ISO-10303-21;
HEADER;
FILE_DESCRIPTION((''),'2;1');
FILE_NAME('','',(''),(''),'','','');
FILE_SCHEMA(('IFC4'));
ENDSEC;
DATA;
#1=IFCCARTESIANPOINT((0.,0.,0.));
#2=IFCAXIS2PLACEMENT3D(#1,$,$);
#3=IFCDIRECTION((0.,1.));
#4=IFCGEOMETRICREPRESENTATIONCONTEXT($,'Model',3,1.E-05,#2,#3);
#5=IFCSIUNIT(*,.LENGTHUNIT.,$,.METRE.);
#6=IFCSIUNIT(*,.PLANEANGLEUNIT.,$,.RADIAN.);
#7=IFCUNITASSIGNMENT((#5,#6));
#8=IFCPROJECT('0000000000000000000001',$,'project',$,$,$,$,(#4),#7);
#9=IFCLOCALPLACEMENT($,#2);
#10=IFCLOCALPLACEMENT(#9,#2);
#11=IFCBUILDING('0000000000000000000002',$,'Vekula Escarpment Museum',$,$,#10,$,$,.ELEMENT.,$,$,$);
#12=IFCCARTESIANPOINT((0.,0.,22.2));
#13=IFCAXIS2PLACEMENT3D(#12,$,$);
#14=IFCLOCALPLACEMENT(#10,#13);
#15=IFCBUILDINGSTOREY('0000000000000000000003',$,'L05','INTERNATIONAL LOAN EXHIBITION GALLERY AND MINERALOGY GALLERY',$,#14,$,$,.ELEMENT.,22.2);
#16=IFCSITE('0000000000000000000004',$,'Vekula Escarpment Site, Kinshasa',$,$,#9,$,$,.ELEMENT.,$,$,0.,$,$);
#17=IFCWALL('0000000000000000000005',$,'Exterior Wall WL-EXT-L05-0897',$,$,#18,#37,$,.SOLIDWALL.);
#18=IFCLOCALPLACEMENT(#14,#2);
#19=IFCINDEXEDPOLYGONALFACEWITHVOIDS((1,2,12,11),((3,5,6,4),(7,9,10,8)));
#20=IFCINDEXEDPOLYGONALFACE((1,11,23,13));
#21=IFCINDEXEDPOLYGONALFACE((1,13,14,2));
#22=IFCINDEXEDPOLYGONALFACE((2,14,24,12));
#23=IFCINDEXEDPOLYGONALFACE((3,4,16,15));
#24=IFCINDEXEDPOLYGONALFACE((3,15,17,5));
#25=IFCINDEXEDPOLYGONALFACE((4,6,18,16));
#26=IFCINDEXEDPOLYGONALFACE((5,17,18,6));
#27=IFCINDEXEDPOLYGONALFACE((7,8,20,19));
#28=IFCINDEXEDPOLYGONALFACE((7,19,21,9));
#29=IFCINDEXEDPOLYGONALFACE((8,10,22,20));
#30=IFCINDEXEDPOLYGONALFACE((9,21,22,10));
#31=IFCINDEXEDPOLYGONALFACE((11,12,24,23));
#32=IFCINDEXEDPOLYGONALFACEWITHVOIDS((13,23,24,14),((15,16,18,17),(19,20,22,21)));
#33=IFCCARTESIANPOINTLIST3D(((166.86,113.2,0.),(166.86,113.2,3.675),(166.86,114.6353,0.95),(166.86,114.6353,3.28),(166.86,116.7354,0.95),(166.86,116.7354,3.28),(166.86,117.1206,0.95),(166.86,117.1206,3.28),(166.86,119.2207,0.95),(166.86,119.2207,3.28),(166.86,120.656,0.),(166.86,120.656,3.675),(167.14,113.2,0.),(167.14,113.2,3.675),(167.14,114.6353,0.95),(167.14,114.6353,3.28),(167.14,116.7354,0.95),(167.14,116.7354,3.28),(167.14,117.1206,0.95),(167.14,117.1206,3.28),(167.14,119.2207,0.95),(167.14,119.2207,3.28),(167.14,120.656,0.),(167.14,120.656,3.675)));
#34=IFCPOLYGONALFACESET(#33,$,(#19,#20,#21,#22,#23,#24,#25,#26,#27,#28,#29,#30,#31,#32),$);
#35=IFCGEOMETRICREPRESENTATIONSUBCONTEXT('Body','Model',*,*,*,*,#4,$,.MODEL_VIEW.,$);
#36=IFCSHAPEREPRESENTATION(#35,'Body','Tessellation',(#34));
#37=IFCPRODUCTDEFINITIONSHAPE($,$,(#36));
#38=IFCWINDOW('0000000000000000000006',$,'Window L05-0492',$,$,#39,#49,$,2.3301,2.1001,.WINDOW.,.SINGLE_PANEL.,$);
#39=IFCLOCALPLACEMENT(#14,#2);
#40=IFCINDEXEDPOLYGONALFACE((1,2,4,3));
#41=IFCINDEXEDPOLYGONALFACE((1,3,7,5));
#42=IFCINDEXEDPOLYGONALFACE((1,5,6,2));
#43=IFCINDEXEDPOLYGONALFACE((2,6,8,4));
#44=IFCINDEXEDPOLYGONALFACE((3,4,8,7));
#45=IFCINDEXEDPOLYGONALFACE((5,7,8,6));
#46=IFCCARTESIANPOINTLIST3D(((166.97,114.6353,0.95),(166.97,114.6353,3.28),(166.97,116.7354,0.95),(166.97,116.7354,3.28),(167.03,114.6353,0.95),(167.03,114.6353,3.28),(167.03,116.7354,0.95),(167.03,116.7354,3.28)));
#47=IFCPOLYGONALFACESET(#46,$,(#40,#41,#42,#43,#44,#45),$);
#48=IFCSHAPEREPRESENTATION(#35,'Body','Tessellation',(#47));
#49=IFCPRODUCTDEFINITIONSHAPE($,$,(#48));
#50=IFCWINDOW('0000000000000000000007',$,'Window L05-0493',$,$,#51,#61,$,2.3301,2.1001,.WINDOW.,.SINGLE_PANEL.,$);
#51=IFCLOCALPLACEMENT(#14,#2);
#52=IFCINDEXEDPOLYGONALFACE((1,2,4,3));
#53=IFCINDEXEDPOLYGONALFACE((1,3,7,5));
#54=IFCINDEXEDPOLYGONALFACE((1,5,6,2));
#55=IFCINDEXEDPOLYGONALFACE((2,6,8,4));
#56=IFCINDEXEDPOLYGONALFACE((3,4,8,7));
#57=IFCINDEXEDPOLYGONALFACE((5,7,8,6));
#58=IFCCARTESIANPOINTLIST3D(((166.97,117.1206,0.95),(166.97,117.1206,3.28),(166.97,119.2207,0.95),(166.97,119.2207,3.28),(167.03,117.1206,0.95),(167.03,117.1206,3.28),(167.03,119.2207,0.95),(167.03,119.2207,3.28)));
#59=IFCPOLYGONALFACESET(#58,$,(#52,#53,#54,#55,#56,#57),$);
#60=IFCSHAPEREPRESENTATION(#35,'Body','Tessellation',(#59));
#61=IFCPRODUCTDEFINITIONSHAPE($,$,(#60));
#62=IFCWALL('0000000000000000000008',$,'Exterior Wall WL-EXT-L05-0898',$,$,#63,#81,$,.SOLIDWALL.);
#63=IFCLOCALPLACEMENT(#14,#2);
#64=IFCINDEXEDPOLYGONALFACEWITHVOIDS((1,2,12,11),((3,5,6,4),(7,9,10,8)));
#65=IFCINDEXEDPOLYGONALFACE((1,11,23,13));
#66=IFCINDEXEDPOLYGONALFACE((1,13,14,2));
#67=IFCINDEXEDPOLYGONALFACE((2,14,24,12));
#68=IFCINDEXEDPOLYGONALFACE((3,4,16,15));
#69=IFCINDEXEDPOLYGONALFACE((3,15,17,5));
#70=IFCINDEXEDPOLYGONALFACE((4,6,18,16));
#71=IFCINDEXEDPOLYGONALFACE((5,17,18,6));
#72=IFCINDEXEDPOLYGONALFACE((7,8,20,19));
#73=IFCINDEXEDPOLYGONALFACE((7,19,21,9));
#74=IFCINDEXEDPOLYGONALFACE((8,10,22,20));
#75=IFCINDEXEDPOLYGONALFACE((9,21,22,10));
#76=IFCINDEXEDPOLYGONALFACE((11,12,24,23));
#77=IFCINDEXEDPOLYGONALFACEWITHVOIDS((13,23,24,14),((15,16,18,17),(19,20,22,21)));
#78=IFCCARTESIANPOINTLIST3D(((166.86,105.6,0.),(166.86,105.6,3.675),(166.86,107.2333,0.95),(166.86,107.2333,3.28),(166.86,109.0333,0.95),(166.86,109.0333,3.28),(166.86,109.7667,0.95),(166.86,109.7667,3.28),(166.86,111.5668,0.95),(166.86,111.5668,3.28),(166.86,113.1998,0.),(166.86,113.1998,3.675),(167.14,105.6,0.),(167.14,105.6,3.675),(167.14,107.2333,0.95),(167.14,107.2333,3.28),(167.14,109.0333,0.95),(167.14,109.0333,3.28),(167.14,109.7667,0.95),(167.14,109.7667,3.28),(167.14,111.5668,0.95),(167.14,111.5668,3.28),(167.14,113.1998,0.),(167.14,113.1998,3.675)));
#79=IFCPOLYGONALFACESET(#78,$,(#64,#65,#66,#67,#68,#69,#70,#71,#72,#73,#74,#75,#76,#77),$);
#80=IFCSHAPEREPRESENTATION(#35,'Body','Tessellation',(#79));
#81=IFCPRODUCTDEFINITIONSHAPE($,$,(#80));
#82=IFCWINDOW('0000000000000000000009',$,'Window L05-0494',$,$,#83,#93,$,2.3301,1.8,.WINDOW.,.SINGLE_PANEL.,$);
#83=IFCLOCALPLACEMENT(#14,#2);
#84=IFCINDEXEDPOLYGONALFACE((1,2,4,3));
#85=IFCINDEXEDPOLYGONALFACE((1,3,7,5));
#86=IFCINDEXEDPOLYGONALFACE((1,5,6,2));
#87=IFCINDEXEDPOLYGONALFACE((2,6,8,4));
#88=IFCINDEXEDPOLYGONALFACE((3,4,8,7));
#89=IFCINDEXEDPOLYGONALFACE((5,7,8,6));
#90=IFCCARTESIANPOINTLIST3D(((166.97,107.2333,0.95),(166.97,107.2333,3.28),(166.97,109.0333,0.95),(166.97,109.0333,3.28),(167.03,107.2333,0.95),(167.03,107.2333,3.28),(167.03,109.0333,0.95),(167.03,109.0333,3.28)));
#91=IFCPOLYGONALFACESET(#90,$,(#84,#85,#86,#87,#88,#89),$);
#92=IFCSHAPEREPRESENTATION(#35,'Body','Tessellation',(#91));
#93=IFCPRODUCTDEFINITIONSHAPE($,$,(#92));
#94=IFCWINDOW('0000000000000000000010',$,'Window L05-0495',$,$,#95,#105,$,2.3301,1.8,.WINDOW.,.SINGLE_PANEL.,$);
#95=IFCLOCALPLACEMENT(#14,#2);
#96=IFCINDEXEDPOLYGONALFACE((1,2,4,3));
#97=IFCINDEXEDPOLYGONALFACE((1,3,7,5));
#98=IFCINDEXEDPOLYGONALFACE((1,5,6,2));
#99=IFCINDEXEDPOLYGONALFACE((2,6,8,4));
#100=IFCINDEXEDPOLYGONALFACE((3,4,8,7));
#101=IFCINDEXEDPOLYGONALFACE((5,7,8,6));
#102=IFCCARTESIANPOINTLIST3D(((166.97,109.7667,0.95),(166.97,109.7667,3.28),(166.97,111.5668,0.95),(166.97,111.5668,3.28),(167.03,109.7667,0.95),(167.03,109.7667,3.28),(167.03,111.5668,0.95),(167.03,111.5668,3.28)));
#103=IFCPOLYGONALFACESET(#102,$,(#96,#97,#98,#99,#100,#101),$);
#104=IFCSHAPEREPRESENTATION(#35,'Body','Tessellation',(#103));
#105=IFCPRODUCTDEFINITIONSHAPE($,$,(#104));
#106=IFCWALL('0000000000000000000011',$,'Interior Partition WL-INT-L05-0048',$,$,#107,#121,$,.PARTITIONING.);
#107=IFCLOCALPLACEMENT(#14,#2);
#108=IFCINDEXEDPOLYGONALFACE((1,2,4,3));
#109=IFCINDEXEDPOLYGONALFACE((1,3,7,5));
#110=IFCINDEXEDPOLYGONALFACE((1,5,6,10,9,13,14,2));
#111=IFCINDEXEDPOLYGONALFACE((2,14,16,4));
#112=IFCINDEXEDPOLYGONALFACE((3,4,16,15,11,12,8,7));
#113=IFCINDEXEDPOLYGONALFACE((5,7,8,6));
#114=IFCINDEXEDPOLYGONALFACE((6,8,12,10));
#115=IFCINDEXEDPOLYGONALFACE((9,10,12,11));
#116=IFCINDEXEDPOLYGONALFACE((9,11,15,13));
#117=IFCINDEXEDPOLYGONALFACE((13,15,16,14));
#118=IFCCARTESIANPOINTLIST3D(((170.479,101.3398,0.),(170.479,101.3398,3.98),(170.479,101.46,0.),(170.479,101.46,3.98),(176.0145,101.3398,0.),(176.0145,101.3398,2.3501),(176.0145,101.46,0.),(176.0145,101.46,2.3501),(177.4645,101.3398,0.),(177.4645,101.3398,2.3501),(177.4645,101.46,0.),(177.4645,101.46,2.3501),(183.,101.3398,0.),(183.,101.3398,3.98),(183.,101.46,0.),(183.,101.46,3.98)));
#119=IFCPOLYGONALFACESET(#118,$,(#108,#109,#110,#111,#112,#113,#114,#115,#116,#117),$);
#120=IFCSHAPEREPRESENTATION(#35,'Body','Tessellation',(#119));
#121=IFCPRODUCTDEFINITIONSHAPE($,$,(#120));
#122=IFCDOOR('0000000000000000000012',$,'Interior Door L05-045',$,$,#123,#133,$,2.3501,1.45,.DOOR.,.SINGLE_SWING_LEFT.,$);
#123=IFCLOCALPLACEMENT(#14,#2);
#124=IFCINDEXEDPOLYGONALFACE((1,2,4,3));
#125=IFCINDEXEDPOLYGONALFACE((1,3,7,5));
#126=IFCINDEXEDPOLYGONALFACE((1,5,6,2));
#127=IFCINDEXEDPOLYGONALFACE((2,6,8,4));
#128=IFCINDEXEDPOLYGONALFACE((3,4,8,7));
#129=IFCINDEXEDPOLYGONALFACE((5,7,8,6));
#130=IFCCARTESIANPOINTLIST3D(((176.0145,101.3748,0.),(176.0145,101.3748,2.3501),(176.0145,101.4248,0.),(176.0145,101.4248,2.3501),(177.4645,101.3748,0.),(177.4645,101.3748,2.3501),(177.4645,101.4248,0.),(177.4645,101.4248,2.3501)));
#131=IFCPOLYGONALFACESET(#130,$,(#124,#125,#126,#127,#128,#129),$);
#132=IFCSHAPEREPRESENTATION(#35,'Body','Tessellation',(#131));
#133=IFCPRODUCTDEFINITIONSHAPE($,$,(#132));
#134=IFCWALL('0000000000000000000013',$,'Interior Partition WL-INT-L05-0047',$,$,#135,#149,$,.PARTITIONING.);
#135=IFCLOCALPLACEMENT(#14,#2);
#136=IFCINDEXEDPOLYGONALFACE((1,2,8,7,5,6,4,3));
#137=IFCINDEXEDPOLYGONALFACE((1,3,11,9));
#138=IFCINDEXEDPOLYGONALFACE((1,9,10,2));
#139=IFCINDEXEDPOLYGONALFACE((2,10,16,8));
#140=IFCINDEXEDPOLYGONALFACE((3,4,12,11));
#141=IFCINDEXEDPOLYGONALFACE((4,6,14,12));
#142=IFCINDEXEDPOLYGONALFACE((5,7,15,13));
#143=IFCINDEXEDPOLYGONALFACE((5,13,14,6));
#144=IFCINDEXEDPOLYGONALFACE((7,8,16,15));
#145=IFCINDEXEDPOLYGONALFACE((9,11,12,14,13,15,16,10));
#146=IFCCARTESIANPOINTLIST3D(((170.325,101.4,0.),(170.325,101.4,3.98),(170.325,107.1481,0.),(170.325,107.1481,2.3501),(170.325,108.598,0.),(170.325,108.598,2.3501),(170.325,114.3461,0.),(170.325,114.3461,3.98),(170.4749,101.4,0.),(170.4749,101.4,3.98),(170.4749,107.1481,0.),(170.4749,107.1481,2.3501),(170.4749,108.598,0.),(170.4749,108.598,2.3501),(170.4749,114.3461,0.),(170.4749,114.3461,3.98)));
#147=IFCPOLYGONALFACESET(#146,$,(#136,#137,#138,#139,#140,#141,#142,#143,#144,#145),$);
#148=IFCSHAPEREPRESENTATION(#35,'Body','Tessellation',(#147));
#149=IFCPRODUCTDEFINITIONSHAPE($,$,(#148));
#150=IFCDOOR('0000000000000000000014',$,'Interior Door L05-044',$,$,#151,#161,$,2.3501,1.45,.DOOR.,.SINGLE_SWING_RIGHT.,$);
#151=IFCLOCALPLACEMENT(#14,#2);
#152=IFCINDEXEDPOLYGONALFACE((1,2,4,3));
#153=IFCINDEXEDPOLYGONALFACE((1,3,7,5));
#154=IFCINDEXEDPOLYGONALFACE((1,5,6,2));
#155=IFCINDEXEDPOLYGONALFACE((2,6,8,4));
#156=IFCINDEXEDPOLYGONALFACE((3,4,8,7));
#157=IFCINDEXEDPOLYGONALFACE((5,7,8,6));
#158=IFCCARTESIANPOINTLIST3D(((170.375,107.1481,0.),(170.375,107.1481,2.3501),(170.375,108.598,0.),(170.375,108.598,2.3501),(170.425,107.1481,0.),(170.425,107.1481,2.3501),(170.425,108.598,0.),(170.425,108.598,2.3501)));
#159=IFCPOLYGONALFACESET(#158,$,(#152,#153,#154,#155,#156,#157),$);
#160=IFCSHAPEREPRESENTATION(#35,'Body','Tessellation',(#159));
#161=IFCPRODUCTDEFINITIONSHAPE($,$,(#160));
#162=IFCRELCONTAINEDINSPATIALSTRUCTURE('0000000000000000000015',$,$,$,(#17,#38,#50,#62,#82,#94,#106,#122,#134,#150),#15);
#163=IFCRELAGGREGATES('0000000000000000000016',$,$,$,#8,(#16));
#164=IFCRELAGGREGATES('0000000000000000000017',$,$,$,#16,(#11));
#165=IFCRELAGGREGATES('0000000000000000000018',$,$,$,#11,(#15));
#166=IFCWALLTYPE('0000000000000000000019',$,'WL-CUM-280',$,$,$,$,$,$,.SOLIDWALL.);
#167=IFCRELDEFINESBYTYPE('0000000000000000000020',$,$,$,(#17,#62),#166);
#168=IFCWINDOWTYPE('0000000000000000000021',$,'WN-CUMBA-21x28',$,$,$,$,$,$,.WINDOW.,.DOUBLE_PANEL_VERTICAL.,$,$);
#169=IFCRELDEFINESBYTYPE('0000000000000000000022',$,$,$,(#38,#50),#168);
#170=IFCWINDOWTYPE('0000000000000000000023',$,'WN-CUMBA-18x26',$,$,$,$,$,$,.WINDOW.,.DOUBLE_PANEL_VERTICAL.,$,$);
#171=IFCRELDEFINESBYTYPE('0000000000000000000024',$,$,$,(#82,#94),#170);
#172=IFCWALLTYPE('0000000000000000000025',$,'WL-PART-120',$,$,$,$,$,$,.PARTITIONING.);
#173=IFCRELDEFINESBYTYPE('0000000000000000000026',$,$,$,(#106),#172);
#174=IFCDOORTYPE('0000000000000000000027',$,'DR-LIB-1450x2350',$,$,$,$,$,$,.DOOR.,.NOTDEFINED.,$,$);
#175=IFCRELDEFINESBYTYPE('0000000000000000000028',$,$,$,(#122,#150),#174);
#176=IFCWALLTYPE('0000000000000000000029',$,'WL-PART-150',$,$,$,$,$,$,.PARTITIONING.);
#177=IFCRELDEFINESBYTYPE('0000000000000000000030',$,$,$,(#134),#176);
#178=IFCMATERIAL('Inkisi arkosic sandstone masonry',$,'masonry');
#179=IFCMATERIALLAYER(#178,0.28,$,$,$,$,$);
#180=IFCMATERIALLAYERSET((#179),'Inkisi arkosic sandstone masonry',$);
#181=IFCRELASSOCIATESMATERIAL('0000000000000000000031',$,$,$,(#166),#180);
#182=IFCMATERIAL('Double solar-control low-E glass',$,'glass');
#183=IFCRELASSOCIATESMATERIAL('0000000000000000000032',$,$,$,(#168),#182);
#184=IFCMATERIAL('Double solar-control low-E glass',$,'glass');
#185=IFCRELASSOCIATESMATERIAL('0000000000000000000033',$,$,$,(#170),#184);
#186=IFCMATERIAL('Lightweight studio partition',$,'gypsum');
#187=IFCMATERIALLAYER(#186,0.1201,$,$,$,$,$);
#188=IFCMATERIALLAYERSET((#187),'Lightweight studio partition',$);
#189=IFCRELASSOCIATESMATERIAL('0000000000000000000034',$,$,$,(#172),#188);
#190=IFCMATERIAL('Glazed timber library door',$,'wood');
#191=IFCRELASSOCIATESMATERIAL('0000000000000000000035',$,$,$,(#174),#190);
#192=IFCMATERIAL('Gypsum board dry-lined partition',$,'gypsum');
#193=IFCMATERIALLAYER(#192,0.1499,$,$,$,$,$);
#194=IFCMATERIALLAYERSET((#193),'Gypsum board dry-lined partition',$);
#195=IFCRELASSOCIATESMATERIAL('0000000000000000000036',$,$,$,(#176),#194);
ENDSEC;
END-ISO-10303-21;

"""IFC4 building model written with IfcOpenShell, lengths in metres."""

from ifc_helpers import new_model, si_unit, direction, frame, frame_2d, origin, place, context, subcontext, project, spatial, rectangle, extrude, material, layer, layer_set, type_object, element, fill, save


model = new_model("IFC4")

# Units and contexts
model_context = context("Model", 3, precision=1e-05, world=origin(), true_north=direction((0.0, 1.0)))
body_context = subcontext(model_context, "Body", "Model", "MODEL_VIEW")
ifc_project = project(units=[si_unit("LENGTHUNIT", "METRE"), si_unit("PLANEANGLEUNIT", "RADIAN")], contexts=[model_context])

# Site, building, storey
site_placement = place(None, origin())
site = spatial("IfcSite", under=ifc_project, at=site_placement, Name="Vekula Escarpment Site, Kinshasa", CompositionType="ELEMENT", RefElevation=0.0)
building_placement = place(site_placement, origin())
building = spatial("IfcBuilding", under=site, at=building_placement, Name="Vekula Escarpment Museum", CompositionType="ELEMENT")
storey_placement = place(building_placement, frame((0.0, 0.0, 22.2)))
storey = spatial("IfcBuildingStorey", under=building, at=storey_placement, Name="L05", Description="INTERNATIONAL LOAN EXHIBITION GALLERY AND MINERALOGY GALLERY", CompositionType="ELEMENT", Elevation=22.2)

# Walls, openings, windows
ifc_material_1 = material(Name="Inkisi arkosic sandstone masonry", Category="masonry")
ifc_layer_1 = layer(ifc_material_1, 0.28)
ifc_layer_set_1 = layer_set([ifc_layer_1], Name="Inkisi arkosic sandstone masonry")
wall_type_1 = type_object("IfcWallType", Name="WL-CUM-280", PredefinedType="SOLIDWALL", material=ifc_layer_set_1)
wall_1_placement = place(storey_placement, frame((167.0, 113.2, 0.0), z_axis=(0.0, 0.0, 1.0), x_axis=(0.0, 1.0, 0.0)))
wall_1 = element("IfcWall", 1, at=wall_1_placement, inside=storey, type_object=wall_type_1, Name="Exterior Wall WL-EXT-L05-0897", PredefinedType="SOLIDWALL", context=body_context, shape_type="SweptSolid", body=[
    extrude(rectangle(XDim=7.4561, YDim=0.28, at=frame_2d((3.728, 0.0))), origin(), (0.0, 0.0, 1.0), 3.675),
])
opening_1_placement = place(wall_1_placement, frame((1.4353, 0.0, 0.95)))
opening_1 = element("IfcOpeningElement", 2, at=opening_1_placement, cuts=wall_1, PredefinedType="OPENING", context=body_context, shape_type="SweptSolid", body=[
    extrude(rectangle(XDim=2.1001, YDim=2.3301, at=frame_2d((1.05, 1.165))), frame((0.0, 0.1499, 0.0), z_axis=(0.0, -1.0, 0.0), x_axis=(1.0, 0.0, 0.0)), (0.0, 0.0, 1.0), 0.3),
])
opening_2_placement = place(wall_1_placement, frame((3.9207, 0.0, 0.95)))
opening_2 = element("IfcOpeningElement", 3, at=opening_2_placement, cuts=wall_1, PredefinedType="OPENING", context=body_context, shape_type="SweptSolid", body=[
    extrude(rectangle(XDim=2.1001, YDim=2.3301, at=frame_2d((1.05, 1.165))), frame((0.0, 0.1499, 0.0), z_axis=(0.0, -1.0, 0.0), x_axis=(1.0, 0.0, 0.0)), (0.0, 0.0, 1.0), 0.3),
])
ifc_material_2 = material(Name="Double solar-control low-E glass", Category="glass")
window_type_1 = type_object("IfcWindowType", Name="WN-CUMBA-21x28", PartitioningType="DOUBLE_PANEL_VERTICAL", PredefinedType="WINDOW", material=ifc_material_2)
window_1_placement = place(opening_1_placement, origin())
window_1 = element("IfcWindow", 4, at=window_1_placement, inside=storey, type_object=window_type_1, Name="Window L05-0492", OverallHeight=2.3301, OverallWidth=2.1001, PartitioningType="SINGLE_PANEL", PredefinedType="WINDOW", context=body_context, shape_type="SweptSolid", body=[
    extrude(rectangle(XDim=2.1001, YDim=2.3301, at=frame_2d((1.05, 1.165))), frame((0.0, 0.03, 0.0), z_axis=(0.0, -1.0, 0.0), x_axis=(1.0, 0.0, 0.0)), (0.0, 0.0, 1.0), 0.0601),
])
fill(opening_1, window_1)
window_2_placement = place(opening_2_placement, origin())
window_2 = element("IfcWindow", 5, at=window_2_placement, inside=storey, type_object=window_type_1, Name="Window L05-0493", OverallHeight=2.3301, OverallWidth=2.1001, PartitioningType="SINGLE_PANEL", PredefinedType="WINDOW", context=body_context, shape_type="SweptSolid", body=[
    extrude(rectangle(XDim=2.1001, YDim=2.3301, at=frame_2d((1.05, 1.165))), frame((0.0, 0.03, 0.0), z_axis=(0.0, -1.0, 0.0), x_axis=(1.0, 0.0, 0.0)), (0.0, 0.0, 1.0), 0.0601),
])
fill(opening_2, window_2)
wall_2_placement = place(storey_placement, frame((167.0, 105.6001, 0.0), z_axis=(0.0, 0.0, 1.0), x_axis=(0.0, 1.0, 0.0)))
wall_2 = element("IfcWall", 6, at=wall_2_placement, inside=storey, type_object=wall_type_1, Name="Exterior Wall WL-EXT-L05-0898", PredefinedType="SOLIDWALL", context=body_context, shape_type="SweptSolid", body=[
    extrude(rectangle(XDim=7.5999, YDim=0.28, at=frame_2d((3.7998, 0.0))), origin(), (0.0, 0.0, 1.0), 3.675),
])
opening_3_placement = place(wall_2_placement, frame((1.6333, 0.0, 0.95)))
opening_3 = element("IfcOpeningElement", 7, at=opening_3_placement, cuts=wall_2, PredefinedType="OPENING", context=body_context, shape_type="SweptSolid", body=[
    extrude(rectangle(XDim=1.8, YDim=2.3301, at=frame_2d((0.8999, 1.165))), frame((0.0, 0.1499, 0.0), z_axis=(0.0, -1.0, 0.0), x_axis=(1.0, 0.0, 0.0)), (0.0, 0.0, 1.0), 0.3),
])
opening_4_placement = place(wall_2_placement, frame((4.1667, 0.0, 0.95)))
opening_4 = element("IfcOpeningElement", 8, at=opening_4_placement, cuts=wall_2, PredefinedType="OPENING", context=body_context, shape_type="SweptSolid", body=[
    extrude(rectangle(XDim=1.8, YDim=2.3301, at=frame_2d((0.8999, 1.165))), frame((0.0, 0.1499, 0.0), z_axis=(0.0, -1.0, 0.0), x_axis=(1.0, 0.0, 0.0)), (0.0, 0.0, 1.0), 0.3),
])
ifc_material_3 = material(Name="Double solar-control low-E glass", Category="glass")
window_type_2 = type_object("IfcWindowType", Name="WN-CUMBA-18x26", PartitioningType="DOUBLE_PANEL_VERTICAL", PredefinedType="WINDOW", material=ifc_material_3)
window_3_placement = place(opening_3_placement, origin())
window_3 = element("IfcWindow", 9, at=window_3_placement, inside=storey, type_object=window_type_2, Name="Window L05-0494", OverallHeight=2.3301, OverallWidth=1.8, PartitioningType="SINGLE_PANEL", PredefinedType="WINDOW", context=body_context, shape_type="SweptSolid", body=[
    extrude(rectangle(XDim=1.8, YDim=2.3301, at=frame_2d((0.8999, 1.165))), frame((0.0, 0.03, 0.0), z_axis=(0.0, -1.0, 0.0), x_axis=(1.0, 0.0, 0.0)), (0.0, 0.0, 1.0), 0.0601),
])
fill(opening_3, window_3)
window_4_placement = place(opening_4_placement, origin())
window_4 = element("IfcWindow", 10, at=window_4_placement, inside=storey, type_object=window_type_2, Name="Window L05-0495", OverallHeight=2.3301, OverallWidth=1.8, PartitioningType="SINGLE_PANEL", PredefinedType="WINDOW", context=body_context, shape_type="SweptSolid", body=[
    extrude(rectangle(XDim=1.8, YDim=2.3301, at=frame_2d((0.8999, 1.165))), frame((0.0, 0.03, 0.0), z_axis=(0.0, -1.0, 0.0), x_axis=(1.0, 0.0, 0.0)), (0.0, 0.0, 1.0), 0.0601),
])
fill(opening_4, window_4)

# Walls, openings, doors
ifc_material_4 = material(Name="Lightweight studio partition", Category="gypsum")
ifc_layer_2 = layer(ifc_material_4, 0.1201)
ifc_layer_set_2 = layer_set([ifc_layer_2], Name="Lightweight studio partition")
wall_type_2 = type_object("IfcWallType", Name="WL-PART-120", PredefinedType="PARTITIONING", material=ifc_layer_set_2)
wall_3_placement = place(storey_placement, frame((170.479, 101.3999, 0.0), z_axis=(0.0, 0.0, 1.0), x_axis=(1.0, 0.0, 0.0)))
wall_3 = element("IfcWall", 11, at=wall_3_placement, inside=storey, type_object=wall_type_2, Name="Interior Partition WL-INT-L05-0048", PredefinedType="PARTITIONING", context=body_context, shape_type="SweptSolid", body=[
    extrude(rectangle(XDim=12.521, YDim=0.1201, at=frame_2d((6.2605, 0.0))), origin(), (0.0, 0.0, 1.0), 3.98),
])
opening_5_placement = place(wall_3_placement, frame((5.5354, 0.0, 0.0)))
opening_5 = element("IfcOpeningElement", 12, at=opening_5_placement, cuts=wall_3, PredefinedType="OPENING", context=body_context, shape_type="SweptSolid", body=[
    extrude(rectangle(XDim=1.45, YDim=2.3501, at=frame_2d((0.7251, 1.175))), frame((0.0, 0.0701, 0.0), z_axis=(0.0, -1.0, 0.0), x_axis=(1.0, 0.0, 0.0)), (0.0, 0.0, 1.0), 0.1401),
])
ifc_material_5 = material(Name="Glazed timber library door", Category="wood")
door_type = type_object("IfcDoorType", Name="DR-LIB-1450x2350", OperationType="NOTDEFINED", PredefinedType="DOOR", material=ifc_material_5)
door_1_placement = place(opening_5_placement, origin())
door_1 = element("IfcDoor", 13, at=door_1_placement, inside=storey, type_object=door_type, Name="Interior Door L05-045", OperationType="SINGLE_SWING_LEFT", OverallHeight=2.3501, OverallWidth=1.45, PredefinedType="DOOR", context=body_context, shape_type="SweptSolid", body=[
    extrude(rectangle(XDim=1.45, YDim=2.3501, at=frame_2d((0.7251, 1.175))), frame((0.0, 0.0249, 0.0), z_axis=(0.0, -1.0, 0.0), x_axis=(1.0, 0.0, 0.0)), (0.0, 0.0, 1.0), 0.05),
])
fill(opening_5, door_1)
ifc_material_6 = material(Name="Gypsum board dry-lined partition", Category="gypsum")
ifc_layer_3 = layer(ifc_material_6, 0.1499)
ifc_layer_set_3 = layer_set([ifc_layer_3], Name="Gypsum board dry-lined partition")
wall_type_3 = type_object("IfcWallType", Name="WL-PART-150", PredefinedType="PARTITIONING", material=ifc_layer_set_3)
wall_4_placement = place(storey_placement, frame((170.3999, 101.3999, 0.0), z_axis=(0.0, 0.0, 1.0), x_axis=(0.0, 1.0, 0.0)))
wall_4 = element("IfcWall", 14, at=wall_4_placement, inside=storey, type_object=wall_type_3, Name="Interior Partition WL-INT-L05-0047", PredefinedType="PARTITIONING", context=body_context, shape_type="SweptSolid", body=[
    extrude(rectangle(XDim=12.946, YDim=0.1499, at=frame_2d((6.4731, 0.0))), origin(), (0.0, 0.0, 1.0), 3.98),
])
opening_6_placement = place(wall_4_placement, frame((5.748, 0.0, 0.0)))
opening_6 = element("IfcOpeningElement", 15, at=opening_6_placement, cuts=wall_4, PredefinedType="OPENING", context=body_context, shape_type="SweptSolid", body=[
    extrude(rectangle(XDim=1.45, YDim=2.3501, at=frame_2d((0.7251, 1.175))), frame((0.0, 0.085, 0.0), z_axis=(0.0, -1.0, 0.0), x_axis=(1.0, 0.0, 0.0)), (0.0, 0.0, 1.0), 0.1699),
])
door_2_placement = place(opening_6_placement, origin())
door_2 = element("IfcDoor", 16, at=door_2_placement, inside=storey, type_object=door_type, Name="Interior Door L05-044", OperationType="SINGLE_SWING_RIGHT", OverallHeight=2.3501, OverallWidth=1.45, PredefinedType="DOOR", context=body_context, shape_type="SweptSolid", body=[
    extrude(rectangle(XDim=1.45, YDim=2.3501, at=frame_2d((0.7251, 1.175))), frame((0.0, 0.0249, 0.0), z_axis=(0.0, -1.0, 0.0), x_axis=(1.0, 0.0, 0.0)), (0.0, 0.0, 1.0), 0.05),
])
fill(opening_6, door_2)

save(model, "model.ifc")
